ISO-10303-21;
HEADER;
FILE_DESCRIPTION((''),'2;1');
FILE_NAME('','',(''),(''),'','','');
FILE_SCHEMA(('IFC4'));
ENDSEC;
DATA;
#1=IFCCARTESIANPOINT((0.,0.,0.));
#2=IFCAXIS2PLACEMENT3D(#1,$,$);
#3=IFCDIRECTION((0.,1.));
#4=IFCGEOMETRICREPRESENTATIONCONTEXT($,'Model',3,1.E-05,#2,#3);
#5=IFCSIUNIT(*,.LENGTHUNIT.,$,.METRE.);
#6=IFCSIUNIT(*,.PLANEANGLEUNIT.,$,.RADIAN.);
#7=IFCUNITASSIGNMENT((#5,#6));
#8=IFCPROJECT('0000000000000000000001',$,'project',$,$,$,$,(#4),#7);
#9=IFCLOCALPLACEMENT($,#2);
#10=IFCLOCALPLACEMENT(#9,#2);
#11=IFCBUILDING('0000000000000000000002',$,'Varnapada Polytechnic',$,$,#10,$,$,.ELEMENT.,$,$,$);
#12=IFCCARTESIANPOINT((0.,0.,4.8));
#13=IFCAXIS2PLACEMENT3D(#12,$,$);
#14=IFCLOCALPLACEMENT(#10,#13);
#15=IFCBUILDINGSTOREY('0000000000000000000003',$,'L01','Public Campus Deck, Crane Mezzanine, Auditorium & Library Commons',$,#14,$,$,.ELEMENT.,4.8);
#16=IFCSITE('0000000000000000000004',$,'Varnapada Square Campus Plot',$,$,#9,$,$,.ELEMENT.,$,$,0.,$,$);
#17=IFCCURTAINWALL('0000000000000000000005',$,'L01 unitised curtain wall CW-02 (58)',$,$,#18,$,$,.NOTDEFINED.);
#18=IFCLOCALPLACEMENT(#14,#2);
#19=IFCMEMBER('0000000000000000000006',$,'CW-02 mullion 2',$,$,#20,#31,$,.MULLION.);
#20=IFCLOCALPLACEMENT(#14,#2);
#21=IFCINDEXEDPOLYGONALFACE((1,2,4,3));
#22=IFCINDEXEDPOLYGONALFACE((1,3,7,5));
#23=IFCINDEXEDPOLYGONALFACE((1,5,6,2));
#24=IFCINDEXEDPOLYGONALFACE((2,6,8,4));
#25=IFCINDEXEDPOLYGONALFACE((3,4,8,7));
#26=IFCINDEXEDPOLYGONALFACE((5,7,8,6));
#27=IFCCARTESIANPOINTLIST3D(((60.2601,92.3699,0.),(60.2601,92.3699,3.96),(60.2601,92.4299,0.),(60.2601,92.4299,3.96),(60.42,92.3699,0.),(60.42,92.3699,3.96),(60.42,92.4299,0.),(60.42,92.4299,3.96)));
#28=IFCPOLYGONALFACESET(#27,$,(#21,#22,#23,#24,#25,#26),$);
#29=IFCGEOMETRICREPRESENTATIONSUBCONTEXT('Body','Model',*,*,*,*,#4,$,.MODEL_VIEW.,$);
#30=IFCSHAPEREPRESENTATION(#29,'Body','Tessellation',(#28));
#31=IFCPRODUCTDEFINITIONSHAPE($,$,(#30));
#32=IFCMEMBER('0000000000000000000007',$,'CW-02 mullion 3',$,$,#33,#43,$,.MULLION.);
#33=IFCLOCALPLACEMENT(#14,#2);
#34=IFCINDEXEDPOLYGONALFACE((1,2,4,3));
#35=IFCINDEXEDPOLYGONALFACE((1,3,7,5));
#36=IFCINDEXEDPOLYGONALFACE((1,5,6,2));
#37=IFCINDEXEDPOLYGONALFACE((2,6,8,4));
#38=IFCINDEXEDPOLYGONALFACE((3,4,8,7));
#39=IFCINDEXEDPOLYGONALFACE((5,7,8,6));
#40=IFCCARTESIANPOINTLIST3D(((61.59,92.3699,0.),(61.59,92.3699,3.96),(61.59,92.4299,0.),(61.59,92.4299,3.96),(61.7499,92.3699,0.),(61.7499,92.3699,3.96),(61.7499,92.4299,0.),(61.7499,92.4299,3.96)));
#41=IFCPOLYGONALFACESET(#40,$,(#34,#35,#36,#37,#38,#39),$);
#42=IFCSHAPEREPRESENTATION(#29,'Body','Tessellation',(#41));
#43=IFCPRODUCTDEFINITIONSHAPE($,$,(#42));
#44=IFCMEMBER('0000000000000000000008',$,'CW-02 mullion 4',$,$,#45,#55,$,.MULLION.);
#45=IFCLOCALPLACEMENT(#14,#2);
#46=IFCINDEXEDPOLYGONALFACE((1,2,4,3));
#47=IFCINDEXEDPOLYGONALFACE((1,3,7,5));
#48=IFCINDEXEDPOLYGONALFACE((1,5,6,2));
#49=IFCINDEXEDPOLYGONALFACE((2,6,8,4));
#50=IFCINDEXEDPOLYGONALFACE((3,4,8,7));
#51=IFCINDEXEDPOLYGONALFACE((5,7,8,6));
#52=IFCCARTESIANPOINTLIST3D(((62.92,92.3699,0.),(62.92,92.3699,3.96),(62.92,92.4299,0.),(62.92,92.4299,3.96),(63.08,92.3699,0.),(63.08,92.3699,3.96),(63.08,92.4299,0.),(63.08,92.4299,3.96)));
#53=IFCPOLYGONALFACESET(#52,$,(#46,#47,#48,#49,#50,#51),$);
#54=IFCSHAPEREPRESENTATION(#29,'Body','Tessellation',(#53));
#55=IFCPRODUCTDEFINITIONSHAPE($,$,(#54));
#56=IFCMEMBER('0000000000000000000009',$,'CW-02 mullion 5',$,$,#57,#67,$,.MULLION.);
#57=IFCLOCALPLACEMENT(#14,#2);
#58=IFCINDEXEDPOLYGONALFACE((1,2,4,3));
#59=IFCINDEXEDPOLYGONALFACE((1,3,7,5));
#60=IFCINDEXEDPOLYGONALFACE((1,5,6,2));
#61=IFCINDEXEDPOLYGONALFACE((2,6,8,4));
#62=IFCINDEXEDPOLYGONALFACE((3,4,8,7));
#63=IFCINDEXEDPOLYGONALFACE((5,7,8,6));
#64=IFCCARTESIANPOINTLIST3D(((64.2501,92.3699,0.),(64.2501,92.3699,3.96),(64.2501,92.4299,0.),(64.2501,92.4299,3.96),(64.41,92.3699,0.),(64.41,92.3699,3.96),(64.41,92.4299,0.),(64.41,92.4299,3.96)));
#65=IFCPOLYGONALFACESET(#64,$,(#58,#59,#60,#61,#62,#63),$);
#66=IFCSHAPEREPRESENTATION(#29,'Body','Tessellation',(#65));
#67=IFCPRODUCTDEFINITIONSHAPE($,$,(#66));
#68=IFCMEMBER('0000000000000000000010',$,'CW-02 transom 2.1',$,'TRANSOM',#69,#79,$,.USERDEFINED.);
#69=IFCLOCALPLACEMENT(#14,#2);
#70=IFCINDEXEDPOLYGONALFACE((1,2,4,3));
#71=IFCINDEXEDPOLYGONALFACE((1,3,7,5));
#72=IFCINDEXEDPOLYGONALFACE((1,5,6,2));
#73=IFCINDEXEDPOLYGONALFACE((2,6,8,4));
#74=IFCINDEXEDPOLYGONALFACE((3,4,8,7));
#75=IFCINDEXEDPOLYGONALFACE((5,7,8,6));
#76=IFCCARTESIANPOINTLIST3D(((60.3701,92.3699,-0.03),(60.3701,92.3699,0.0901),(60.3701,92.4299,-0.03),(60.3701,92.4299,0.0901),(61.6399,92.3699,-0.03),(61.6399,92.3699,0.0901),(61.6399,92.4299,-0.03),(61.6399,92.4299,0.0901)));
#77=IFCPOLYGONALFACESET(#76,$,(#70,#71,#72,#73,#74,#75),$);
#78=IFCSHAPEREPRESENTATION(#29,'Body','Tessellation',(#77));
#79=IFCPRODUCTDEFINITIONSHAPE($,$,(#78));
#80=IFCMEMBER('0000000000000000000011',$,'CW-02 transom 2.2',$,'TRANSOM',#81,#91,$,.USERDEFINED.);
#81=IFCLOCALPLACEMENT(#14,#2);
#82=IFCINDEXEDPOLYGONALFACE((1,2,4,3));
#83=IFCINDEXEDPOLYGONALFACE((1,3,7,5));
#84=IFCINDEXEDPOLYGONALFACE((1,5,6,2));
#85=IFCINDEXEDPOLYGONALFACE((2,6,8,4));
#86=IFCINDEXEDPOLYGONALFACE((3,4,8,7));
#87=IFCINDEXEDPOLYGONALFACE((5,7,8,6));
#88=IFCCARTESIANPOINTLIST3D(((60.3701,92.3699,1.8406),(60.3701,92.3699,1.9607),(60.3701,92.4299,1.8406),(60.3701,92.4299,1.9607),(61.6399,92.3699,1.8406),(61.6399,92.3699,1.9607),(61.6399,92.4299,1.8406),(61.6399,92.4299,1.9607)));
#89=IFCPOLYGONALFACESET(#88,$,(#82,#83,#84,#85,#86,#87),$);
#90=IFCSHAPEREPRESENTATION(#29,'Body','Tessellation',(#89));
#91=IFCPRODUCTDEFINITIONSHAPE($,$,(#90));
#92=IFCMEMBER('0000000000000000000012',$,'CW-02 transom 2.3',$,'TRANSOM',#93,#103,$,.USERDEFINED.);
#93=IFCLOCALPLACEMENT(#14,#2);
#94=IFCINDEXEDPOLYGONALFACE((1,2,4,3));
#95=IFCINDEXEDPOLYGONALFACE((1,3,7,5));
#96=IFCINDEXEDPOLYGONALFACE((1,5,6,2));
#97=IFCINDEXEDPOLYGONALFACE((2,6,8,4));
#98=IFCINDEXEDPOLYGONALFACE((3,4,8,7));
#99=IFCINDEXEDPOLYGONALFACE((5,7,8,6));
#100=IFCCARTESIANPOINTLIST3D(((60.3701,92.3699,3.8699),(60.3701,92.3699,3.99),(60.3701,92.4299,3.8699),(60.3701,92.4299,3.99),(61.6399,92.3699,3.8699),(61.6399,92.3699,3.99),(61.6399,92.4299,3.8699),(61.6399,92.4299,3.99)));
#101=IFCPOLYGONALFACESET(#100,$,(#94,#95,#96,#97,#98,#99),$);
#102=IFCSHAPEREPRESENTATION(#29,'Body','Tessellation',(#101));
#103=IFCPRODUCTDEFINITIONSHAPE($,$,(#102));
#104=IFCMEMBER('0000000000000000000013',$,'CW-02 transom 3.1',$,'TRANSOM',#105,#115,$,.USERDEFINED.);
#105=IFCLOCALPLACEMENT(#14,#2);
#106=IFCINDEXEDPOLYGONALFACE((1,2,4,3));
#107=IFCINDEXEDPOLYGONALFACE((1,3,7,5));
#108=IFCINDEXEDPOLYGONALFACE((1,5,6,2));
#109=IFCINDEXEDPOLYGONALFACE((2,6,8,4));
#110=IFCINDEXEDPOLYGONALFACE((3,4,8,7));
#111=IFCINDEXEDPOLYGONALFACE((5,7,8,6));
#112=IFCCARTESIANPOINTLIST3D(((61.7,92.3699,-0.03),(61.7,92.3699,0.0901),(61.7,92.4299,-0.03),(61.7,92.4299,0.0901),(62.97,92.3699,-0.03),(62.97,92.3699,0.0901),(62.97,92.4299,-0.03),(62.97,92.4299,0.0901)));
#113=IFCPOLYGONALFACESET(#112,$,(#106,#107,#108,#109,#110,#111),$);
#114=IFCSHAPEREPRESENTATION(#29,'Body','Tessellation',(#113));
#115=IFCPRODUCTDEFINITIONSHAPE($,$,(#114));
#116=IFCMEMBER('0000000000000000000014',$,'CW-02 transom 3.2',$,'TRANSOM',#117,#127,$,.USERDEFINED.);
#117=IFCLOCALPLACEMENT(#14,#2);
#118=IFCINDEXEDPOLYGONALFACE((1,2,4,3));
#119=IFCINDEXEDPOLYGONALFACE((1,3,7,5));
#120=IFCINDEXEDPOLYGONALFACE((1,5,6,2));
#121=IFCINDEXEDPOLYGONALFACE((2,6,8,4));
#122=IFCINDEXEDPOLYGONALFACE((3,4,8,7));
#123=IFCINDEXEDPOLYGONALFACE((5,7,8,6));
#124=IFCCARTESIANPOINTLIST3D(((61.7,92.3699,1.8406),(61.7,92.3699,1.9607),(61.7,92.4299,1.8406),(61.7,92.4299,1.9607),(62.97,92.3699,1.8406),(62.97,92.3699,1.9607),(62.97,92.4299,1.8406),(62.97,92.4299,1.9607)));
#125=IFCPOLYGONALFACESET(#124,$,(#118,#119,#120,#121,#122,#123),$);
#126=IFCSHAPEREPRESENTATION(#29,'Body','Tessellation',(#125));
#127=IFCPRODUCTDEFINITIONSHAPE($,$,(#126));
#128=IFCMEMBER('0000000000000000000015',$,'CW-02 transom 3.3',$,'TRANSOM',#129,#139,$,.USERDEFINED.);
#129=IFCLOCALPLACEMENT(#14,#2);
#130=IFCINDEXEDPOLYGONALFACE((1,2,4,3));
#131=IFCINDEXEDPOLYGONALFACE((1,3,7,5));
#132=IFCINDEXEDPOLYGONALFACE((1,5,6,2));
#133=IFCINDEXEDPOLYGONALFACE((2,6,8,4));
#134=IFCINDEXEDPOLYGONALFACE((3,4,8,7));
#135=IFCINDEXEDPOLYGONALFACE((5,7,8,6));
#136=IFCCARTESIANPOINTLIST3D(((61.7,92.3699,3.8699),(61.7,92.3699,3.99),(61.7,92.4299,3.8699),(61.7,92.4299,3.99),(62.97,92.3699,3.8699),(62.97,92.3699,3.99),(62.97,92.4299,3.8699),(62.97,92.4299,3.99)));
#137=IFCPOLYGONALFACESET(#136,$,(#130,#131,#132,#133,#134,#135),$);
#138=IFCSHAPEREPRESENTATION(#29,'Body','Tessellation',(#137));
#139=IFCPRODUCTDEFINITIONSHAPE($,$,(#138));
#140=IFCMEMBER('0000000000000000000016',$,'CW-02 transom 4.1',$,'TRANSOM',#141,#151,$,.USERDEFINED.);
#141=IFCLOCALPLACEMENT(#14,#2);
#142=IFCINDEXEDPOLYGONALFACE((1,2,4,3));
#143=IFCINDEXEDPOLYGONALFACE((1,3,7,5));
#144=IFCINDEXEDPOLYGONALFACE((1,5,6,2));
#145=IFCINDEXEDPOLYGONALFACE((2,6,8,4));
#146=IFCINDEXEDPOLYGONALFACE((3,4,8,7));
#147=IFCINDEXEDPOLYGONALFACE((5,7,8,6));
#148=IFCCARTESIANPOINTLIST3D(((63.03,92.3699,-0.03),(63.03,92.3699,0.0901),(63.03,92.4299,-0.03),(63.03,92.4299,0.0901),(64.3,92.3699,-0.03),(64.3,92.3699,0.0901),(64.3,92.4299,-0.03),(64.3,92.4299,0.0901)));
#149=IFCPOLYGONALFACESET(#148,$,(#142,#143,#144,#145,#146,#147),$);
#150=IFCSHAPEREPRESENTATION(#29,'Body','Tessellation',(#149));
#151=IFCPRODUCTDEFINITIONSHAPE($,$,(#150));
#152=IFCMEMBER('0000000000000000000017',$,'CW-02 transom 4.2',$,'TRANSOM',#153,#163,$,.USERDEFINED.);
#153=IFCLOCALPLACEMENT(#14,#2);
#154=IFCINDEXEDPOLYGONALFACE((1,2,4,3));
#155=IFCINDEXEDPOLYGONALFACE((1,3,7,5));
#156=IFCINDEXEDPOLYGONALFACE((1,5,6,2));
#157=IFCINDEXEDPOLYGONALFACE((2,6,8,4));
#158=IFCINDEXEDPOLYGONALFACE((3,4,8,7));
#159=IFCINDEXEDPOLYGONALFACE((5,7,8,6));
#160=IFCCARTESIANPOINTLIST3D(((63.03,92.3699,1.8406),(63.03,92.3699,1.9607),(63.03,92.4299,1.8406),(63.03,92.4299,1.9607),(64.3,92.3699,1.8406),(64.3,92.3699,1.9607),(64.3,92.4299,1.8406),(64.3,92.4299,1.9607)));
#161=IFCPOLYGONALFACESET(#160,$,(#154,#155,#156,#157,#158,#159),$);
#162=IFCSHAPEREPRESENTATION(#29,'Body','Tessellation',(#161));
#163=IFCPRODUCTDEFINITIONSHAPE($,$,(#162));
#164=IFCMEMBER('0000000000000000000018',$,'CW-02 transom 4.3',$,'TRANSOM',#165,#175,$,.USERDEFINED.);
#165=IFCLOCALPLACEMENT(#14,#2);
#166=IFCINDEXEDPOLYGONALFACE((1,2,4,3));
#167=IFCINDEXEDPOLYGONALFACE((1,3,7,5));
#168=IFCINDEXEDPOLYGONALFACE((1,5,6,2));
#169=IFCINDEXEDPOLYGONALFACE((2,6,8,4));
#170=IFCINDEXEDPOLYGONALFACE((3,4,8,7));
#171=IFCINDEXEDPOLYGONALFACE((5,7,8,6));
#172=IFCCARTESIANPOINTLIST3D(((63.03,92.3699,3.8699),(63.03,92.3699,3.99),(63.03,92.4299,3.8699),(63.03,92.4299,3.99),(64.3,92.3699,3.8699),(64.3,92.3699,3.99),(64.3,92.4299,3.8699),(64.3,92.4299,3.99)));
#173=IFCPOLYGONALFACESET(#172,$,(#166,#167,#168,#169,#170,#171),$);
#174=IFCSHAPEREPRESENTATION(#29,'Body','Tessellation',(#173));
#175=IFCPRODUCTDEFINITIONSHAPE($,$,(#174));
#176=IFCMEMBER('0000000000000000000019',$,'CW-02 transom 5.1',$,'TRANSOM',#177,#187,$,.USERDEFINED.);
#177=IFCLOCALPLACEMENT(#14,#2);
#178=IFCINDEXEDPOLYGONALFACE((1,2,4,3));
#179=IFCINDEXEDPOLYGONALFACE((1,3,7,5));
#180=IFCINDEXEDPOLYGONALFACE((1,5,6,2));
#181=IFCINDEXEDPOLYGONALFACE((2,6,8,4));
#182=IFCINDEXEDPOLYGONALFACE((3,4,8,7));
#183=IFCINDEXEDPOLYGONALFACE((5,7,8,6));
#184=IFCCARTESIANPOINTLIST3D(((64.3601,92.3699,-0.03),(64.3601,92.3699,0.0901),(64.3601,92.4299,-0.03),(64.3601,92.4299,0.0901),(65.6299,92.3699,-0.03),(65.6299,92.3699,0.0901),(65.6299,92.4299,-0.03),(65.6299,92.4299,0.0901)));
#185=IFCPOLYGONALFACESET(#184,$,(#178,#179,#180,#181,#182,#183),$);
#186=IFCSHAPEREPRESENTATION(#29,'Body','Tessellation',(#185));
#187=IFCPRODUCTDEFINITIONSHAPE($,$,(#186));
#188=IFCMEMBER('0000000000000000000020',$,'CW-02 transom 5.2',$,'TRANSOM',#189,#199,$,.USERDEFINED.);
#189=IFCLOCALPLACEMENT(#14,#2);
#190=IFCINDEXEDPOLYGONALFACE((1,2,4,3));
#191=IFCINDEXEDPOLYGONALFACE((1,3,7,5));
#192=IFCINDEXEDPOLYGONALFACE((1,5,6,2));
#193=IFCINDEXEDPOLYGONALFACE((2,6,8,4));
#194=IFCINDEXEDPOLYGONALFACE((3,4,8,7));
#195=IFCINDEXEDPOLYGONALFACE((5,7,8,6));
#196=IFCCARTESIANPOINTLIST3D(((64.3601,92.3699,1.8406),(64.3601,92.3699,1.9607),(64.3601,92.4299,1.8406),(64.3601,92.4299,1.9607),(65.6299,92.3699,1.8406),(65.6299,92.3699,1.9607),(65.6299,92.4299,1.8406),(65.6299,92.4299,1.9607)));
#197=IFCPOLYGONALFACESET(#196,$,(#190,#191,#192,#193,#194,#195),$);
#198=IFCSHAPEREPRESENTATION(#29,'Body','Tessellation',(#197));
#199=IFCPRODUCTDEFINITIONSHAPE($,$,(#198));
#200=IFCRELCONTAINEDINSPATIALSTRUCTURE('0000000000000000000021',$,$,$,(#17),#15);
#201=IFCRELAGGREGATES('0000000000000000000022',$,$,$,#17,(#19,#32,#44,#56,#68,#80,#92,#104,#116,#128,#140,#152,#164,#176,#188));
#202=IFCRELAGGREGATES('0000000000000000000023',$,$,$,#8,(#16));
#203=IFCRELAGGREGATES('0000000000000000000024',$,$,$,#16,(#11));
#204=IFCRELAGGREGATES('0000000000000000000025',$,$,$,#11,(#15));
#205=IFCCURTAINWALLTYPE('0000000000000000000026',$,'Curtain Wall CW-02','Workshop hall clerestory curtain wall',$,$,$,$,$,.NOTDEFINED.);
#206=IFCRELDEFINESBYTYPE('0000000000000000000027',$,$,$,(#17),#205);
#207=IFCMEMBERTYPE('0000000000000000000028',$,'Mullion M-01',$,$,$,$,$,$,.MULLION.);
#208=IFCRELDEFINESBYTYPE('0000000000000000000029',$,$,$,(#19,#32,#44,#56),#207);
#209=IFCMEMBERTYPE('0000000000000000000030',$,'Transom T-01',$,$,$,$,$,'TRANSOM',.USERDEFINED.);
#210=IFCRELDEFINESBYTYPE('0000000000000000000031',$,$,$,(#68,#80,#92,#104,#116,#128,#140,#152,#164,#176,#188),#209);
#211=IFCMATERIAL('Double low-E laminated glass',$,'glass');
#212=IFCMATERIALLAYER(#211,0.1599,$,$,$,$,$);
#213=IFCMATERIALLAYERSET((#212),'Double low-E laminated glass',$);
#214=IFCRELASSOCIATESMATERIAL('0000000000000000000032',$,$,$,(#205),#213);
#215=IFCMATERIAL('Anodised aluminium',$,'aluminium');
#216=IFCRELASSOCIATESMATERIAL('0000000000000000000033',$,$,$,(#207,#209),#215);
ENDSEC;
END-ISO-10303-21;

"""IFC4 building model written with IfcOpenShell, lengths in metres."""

from ifc_helpers import new_model, si_unit, direction, frame, origin, origin_2d, place, context, subcontext, project, spatial, rectangle, extrude, material, layer, layer_set, material_profile, profile_set, type_object, element, aggregate, save


model = new_model("IFC4")

# Units and contexts
model_context = context("Model", 3, precision=1e-05, world=origin(), true_north=direction((0.0, 1.0)))
body_context = subcontext(model_context, "Body", "Model", "MODEL_VIEW")
ifc_project = project(units=[si_unit("LENGTHUNIT", "METRE"), si_unit("PLANEANGLEUNIT", "RADIAN")], contexts=[model_context])

# Site, building, storey
site_placement = place(None, origin())
site = spatial("IfcSite", under=ifc_project, at=site_placement, Name="Varnapada Square Campus Plot", CompositionType="ELEMENT", RefElevation=0.0)
building_placement = place(site_placement, origin())
building = spatial("IfcBuilding", under=site, at=building_placement, Name="Varnapada Polytechnic", CompositionType="ELEMENT")
storey_placement = place(building_placement, frame((0.0, 0.0, 4.8)))
storey = spatial("IfcBuildingStorey", under=building, at=storey_placement, Name="L01", Description="Public Campus Deck, Crane Mezzanine, Auditorium & Library Commons", CompositionType="ELEMENT", Elevation=4.8)

# Curtain wall, members
ifc_material_1 = material(Name="Double low-E laminated glass", Category="glass")
ifc_layer_1 = layer(ifc_material_1, 0.1599)
ifc_layer_set_1 = layer_set([ifc_layer_1], Name="Double low-E laminated glass")
curtain_wall_type = type_object("IfcCurtainWallType", Name="Curtain Wall CW-02", Description="Workshop hall clerestory curtain wall", PredefinedType="NOTDEFINED", material=ifc_layer_set_1)
curtain_wall_placement = place(storey_placement, origin())
curtain_wall = element("IfcCurtainWall", 1, at=curtain_wall_placement, inside=storey, type_object=curtain_wall_type, Name="L01 unitised curtain wall CW-02 (58)", PredefinedType="NOTDEFINED")
ifc_material_2 = material(Name="Anodised aluminium", Category="aluminium")
ifc_material_profile_1 = material_profile(ifc_material_2, rectangle(XDim=0.0601, YDim=0.1599, at=origin_2d()), Name="ALU M60x160")
ifc_profile_set_1 = profile_set([ifc_material_profile_1], Name="Anodised aluminium")
member_type_1 = type_object("IfcMemberType", Name="Mullion M-01", PredefinedType="MULLION", material=ifc_profile_set_1)
member_1_placement = place(storey_placement, frame((60.3401, 92.3999, 0.0), z_axis=(0.0, 0.0, 1.0), x_axis=(0.0, 1.0, 0.0)))
member_1 = element("IfcMember", 2, at=member_1_placement, type_object=member_type_1, Name="CW-02 mullion 2", PredefinedType="MULLION", context=body_context, shape_type="SweptSolid", body=[
    extrude(rectangle(XDim=0.0601, YDim=0.1599, at=origin_2d()), origin(), (0.0, 0.0, 1.0), 3.96),
])
member_2_placement = place(storey_placement, frame((61.6699, 92.3999, 0.0), z_axis=(0.0, 0.0, 1.0), x_axis=(0.0, 1.0, 0.0)))
member_2 = element("IfcMember", 3, at=member_2_placement, type_object=member_type_1, Name="CW-02 mullion 3", PredefinedType="MULLION", context=body_context, shape_type="SweptSolid", body=[
    extrude(rectangle(XDim=0.0601, YDim=0.1599, at=origin_2d()), origin(), (0.0, 0.0, 1.0), 3.96),
])
member_3_placement = place(storey_placement, frame((63.0, 92.3999, 0.0), z_axis=(0.0, 0.0, 1.0), x_axis=(0.0, 1.0, 0.0)))
member_3 = element("IfcMember", 4, at=member_3_placement, type_object=member_type_1, Name="CW-02 mullion 4", PredefinedType="MULLION", context=body_context, shape_type="SweptSolid", body=[
    extrude(rectangle(XDim=0.0601, YDim=0.1599, at=origin_2d()), origin(), (0.0, 0.0, 1.0), 3.96),
])
member_4_placement = place(storey_placement, frame((64.3301, 92.3999, 0.0), z_axis=(0.0, 0.0, 1.0), x_axis=(0.0, 1.0, 0.0)))
member_4 = element("IfcMember", 5, at=member_4_placement, type_object=member_type_1, Name="CW-02 mullion 5", PredefinedType="MULLION", context=body_context, shape_type="SweptSolid", body=[
    extrude(rectangle(XDim=0.0601, YDim=0.1599, at=origin_2d()), origin(), (0.0, 0.0, 1.0), 3.96),
])
ifc_material_profile_2 = material_profile(ifc_material_2, rectangle(XDim=0.0601, YDim=0.1201, at=origin_2d()), Name="ALU T60x120")
ifc_profile_set_2 = profile_set([ifc_material_profile_2], Name="Anodised aluminium")
member_type_2 = type_object("IfcMemberType", Name="Transom T-01", ElementType="TRANSOM", PredefinedType="USERDEFINED", material=ifc_profile_set_2)
member_5_placement = place(storey_placement, frame((60.3701, 92.3999, 0.03), z_axis=(1.0, 0.0, 0.0), x_axis=(0.0, 1.0, 0.0)))
member_5 = element("IfcMember", 6, at=member_5_placement, type_object=member_type_2, Name="CW-02 transom 2.1", ObjectType="TRANSOM", PredefinedType="USERDEFINED", context=body_context, shape_type="SweptSolid", body=[
    extrude(rectangle(XDim=0.0601, YDim=0.1201, at=origin_2d()), origin(), (0.0, 0.0, 1.0), 1.2698),
])
member_6_placement = place(storey_placement, frame((60.3701, 92.3999, 1.9006), z_axis=(1.0, 0.0, 0.0), x_axis=(0.0, 1.0, 0.0)))
member_6 = element("IfcMember", 7, at=member_6_placement, type_object=member_type_2, Name="CW-02 transom 2.2", ObjectType="TRANSOM", PredefinedType="USERDEFINED", context=body_context, shape_type="SweptSolid", body=[
    extrude(rectangle(XDim=0.0601, YDim=0.1201, at=origin_2d()), origin(), (0.0, 0.0, 1.0), 1.2698),
])
member_7_placement = place(storey_placement, frame((60.3701, 92.3999, 3.9299), z_axis=(1.0, 0.0, 0.0), x_axis=(0.0, 1.0, 0.0)))
member_7 = element("IfcMember", 8, at=member_7_placement, type_object=member_type_2, Name="CW-02 transom 2.3", ObjectType="TRANSOM", PredefinedType="USERDEFINED", context=body_context, shape_type="SweptSolid", body=[
    extrude(rectangle(XDim=0.0601, YDim=0.1201, at=origin_2d()), origin(), (0.0, 0.0, 1.0), 1.2698),
])
member_8_placement = place(storey_placement, frame((61.7, 92.3999, 0.03), z_axis=(1.0, 0.0, 0.0), x_axis=(0.0, 1.0, 0.0)))
member_8 = element("IfcMember", 9, at=member_8_placement, type_object=member_type_2, Name="CW-02 transom 3.1", ObjectType="TRANSOM", PredefinedType="USERDEFINED", context=body_context, shape_type="SweptSolid", body=[
    extrude(rectangle(XDim=0.0601, YDim=0.1201, at=origin_2d()), origin(), (0.0, 0.0, 1.0), 1.27),
])
member_9_placement = place(storey_placement, frame((61.7, 92.3999, 1.9006), z_axis=(1.0, 0.0, 0.0), x_axis=(0.0, 1.0, 0.0)))
member_9 = element("IfcMember", 10, at=member_9_placement, type_object=member_type_2, Name="CW-02 transom 3.2", ObjectType="TRANSOM", PredefinedType="USERDEFINED", context=body_context, shape_type="SweptSolid", body=[
    extrude(rectangle(XDim=0.0601, YDim=0.1201, at=origin_2d()), origin(), (0.0, 0.0, 1.0), 1.27),
])
member_10_placement = place(storey_placement, frame((61.7, 92.3999, 3.9299), z_axis=(1.0, 0.0, 0.0), x_axis=(0.0, 1.0, 0.0)))
member_10 = element("IfcMember", 11, at=member_10_placement, type_object=member_type_2, Name="CW-02 transom 3.3", ObjectType="TRANSOM", PredefinedType="USERDEFINED", context=body_context, shape_type="SweptSolid", body=[
    extrude(rectangle(XDim=0.0601, YDim=0.1201, at=origin_2d()), origin(), (0.0, 0.0, 1.0), 1.27),
])
member_11_placement = place(storey_placement, frame((63.03, 92.3999, 0.03), z_axis=(1.0, 0.0, 0.0), x_axis=(0.0, 1.0, 0.0)))
member_11 = element("IfcMember", 12, at=member_11_placement, type_object=member_type_2, Name="CW-02 transom 4.1", ObjectType="TRANSOM", PredefinedType="USERDEFINED", context=body_context, shape_type="SweptSolid", body=[
    extrude(rectangle(XDim=0.0601, YDim=0.1201, at=origin_2d()), origin(), (0.0, 0.0, 1.0), 1.27),
])
member_12_placement = place(storey_placement, frame((63.03, 92.3999, 1.9006), z_axis=(1.0, 0.0, 0.0), x_axis=(0.0, 1.0, 0.0)))
member_12 = element("IfcMember", 13, at=member_12_placement, type_object=member_type_2, Name="CW-02 transom 4.2", ObjectType="TRANSOM", PredefinedType="USERDEFINED", context=body_context, shape_type="SweptSolid", body=[
    extrude(rectangle(XDim=0.0601, YDim=0.1201, at=origin_2d()), origin(), (0.0, 0.0, 1.0), 1.27),
])
member_13_placement = place(storey_placement, frame((63.03, 92.3999, 3.9299), z_axis=(1.0, 0.0, 0.0), x_axis=(0.0, 1.0, 0.0)))
member_13 = element("IfcMember", 14, at=member_13_placement, type_object=member_type_2, Name="CW-02 transom 4.3", ObjectType="TRANSOM", PredefinedType="USERDEFINED", context=body_context, shape_type="SweptSolid", body=[
    extrude(rectangle(XDim=0.0601, YDim=0.1201, at=origin_2d()), origin(), (0.0, 0.0, 1.0), 1.27),
])
member_14_placement = place(storey_placement, frame((64.3601, 92.3999, 0.03), z_axis=(1.0, 0.0, 0.0), x_axis=(0.0, 1.0, 0.0)))
member_14 = element("IfcMember", 15, at=member_14_placement, type_object=member_type_2, Name="CW-02 transom 5.1", ObjectType="TRANSOM", PredefinedType="USERDEFINED", context=body_context, shape_type="SweptSolid", body=[
    extrude(rectangle(XDim=0.0601, YDim=0.1201, at=origin_2d()), origin(), (0.0, 0.0, 1.0), 1.2698),
])
member_15_placement = place(storey_placement, frame((64.3601, 92.3999, 1.9006), z_axis=(1.0, 0.0, 0.0), x_axis=(0.0, 1.0, 0.0)))
member_15 = element("IfcMember", 16, at=member_15_placement, type_object=member_type_2, Name="CW-02 transom 5.2", ObjectType="TRANSOM", PredefinedType="USERDEFINED", context=body_context, shape_type="SweptSolid", body=[
    extrude(rectangle(XDim=0.0601, YDim=0.1201, at=origin_2d()), origin(), (0.0, 0.0, 1.0), 1.2698),
])
aggregate(curtain_wall, [member_1, member_2, member_3, member_4, member_5, member_6, member_7, member_8, member_9, member_10, member_11, member_12, member_13, member_14, member_15])

save(model, "model.ifc")
